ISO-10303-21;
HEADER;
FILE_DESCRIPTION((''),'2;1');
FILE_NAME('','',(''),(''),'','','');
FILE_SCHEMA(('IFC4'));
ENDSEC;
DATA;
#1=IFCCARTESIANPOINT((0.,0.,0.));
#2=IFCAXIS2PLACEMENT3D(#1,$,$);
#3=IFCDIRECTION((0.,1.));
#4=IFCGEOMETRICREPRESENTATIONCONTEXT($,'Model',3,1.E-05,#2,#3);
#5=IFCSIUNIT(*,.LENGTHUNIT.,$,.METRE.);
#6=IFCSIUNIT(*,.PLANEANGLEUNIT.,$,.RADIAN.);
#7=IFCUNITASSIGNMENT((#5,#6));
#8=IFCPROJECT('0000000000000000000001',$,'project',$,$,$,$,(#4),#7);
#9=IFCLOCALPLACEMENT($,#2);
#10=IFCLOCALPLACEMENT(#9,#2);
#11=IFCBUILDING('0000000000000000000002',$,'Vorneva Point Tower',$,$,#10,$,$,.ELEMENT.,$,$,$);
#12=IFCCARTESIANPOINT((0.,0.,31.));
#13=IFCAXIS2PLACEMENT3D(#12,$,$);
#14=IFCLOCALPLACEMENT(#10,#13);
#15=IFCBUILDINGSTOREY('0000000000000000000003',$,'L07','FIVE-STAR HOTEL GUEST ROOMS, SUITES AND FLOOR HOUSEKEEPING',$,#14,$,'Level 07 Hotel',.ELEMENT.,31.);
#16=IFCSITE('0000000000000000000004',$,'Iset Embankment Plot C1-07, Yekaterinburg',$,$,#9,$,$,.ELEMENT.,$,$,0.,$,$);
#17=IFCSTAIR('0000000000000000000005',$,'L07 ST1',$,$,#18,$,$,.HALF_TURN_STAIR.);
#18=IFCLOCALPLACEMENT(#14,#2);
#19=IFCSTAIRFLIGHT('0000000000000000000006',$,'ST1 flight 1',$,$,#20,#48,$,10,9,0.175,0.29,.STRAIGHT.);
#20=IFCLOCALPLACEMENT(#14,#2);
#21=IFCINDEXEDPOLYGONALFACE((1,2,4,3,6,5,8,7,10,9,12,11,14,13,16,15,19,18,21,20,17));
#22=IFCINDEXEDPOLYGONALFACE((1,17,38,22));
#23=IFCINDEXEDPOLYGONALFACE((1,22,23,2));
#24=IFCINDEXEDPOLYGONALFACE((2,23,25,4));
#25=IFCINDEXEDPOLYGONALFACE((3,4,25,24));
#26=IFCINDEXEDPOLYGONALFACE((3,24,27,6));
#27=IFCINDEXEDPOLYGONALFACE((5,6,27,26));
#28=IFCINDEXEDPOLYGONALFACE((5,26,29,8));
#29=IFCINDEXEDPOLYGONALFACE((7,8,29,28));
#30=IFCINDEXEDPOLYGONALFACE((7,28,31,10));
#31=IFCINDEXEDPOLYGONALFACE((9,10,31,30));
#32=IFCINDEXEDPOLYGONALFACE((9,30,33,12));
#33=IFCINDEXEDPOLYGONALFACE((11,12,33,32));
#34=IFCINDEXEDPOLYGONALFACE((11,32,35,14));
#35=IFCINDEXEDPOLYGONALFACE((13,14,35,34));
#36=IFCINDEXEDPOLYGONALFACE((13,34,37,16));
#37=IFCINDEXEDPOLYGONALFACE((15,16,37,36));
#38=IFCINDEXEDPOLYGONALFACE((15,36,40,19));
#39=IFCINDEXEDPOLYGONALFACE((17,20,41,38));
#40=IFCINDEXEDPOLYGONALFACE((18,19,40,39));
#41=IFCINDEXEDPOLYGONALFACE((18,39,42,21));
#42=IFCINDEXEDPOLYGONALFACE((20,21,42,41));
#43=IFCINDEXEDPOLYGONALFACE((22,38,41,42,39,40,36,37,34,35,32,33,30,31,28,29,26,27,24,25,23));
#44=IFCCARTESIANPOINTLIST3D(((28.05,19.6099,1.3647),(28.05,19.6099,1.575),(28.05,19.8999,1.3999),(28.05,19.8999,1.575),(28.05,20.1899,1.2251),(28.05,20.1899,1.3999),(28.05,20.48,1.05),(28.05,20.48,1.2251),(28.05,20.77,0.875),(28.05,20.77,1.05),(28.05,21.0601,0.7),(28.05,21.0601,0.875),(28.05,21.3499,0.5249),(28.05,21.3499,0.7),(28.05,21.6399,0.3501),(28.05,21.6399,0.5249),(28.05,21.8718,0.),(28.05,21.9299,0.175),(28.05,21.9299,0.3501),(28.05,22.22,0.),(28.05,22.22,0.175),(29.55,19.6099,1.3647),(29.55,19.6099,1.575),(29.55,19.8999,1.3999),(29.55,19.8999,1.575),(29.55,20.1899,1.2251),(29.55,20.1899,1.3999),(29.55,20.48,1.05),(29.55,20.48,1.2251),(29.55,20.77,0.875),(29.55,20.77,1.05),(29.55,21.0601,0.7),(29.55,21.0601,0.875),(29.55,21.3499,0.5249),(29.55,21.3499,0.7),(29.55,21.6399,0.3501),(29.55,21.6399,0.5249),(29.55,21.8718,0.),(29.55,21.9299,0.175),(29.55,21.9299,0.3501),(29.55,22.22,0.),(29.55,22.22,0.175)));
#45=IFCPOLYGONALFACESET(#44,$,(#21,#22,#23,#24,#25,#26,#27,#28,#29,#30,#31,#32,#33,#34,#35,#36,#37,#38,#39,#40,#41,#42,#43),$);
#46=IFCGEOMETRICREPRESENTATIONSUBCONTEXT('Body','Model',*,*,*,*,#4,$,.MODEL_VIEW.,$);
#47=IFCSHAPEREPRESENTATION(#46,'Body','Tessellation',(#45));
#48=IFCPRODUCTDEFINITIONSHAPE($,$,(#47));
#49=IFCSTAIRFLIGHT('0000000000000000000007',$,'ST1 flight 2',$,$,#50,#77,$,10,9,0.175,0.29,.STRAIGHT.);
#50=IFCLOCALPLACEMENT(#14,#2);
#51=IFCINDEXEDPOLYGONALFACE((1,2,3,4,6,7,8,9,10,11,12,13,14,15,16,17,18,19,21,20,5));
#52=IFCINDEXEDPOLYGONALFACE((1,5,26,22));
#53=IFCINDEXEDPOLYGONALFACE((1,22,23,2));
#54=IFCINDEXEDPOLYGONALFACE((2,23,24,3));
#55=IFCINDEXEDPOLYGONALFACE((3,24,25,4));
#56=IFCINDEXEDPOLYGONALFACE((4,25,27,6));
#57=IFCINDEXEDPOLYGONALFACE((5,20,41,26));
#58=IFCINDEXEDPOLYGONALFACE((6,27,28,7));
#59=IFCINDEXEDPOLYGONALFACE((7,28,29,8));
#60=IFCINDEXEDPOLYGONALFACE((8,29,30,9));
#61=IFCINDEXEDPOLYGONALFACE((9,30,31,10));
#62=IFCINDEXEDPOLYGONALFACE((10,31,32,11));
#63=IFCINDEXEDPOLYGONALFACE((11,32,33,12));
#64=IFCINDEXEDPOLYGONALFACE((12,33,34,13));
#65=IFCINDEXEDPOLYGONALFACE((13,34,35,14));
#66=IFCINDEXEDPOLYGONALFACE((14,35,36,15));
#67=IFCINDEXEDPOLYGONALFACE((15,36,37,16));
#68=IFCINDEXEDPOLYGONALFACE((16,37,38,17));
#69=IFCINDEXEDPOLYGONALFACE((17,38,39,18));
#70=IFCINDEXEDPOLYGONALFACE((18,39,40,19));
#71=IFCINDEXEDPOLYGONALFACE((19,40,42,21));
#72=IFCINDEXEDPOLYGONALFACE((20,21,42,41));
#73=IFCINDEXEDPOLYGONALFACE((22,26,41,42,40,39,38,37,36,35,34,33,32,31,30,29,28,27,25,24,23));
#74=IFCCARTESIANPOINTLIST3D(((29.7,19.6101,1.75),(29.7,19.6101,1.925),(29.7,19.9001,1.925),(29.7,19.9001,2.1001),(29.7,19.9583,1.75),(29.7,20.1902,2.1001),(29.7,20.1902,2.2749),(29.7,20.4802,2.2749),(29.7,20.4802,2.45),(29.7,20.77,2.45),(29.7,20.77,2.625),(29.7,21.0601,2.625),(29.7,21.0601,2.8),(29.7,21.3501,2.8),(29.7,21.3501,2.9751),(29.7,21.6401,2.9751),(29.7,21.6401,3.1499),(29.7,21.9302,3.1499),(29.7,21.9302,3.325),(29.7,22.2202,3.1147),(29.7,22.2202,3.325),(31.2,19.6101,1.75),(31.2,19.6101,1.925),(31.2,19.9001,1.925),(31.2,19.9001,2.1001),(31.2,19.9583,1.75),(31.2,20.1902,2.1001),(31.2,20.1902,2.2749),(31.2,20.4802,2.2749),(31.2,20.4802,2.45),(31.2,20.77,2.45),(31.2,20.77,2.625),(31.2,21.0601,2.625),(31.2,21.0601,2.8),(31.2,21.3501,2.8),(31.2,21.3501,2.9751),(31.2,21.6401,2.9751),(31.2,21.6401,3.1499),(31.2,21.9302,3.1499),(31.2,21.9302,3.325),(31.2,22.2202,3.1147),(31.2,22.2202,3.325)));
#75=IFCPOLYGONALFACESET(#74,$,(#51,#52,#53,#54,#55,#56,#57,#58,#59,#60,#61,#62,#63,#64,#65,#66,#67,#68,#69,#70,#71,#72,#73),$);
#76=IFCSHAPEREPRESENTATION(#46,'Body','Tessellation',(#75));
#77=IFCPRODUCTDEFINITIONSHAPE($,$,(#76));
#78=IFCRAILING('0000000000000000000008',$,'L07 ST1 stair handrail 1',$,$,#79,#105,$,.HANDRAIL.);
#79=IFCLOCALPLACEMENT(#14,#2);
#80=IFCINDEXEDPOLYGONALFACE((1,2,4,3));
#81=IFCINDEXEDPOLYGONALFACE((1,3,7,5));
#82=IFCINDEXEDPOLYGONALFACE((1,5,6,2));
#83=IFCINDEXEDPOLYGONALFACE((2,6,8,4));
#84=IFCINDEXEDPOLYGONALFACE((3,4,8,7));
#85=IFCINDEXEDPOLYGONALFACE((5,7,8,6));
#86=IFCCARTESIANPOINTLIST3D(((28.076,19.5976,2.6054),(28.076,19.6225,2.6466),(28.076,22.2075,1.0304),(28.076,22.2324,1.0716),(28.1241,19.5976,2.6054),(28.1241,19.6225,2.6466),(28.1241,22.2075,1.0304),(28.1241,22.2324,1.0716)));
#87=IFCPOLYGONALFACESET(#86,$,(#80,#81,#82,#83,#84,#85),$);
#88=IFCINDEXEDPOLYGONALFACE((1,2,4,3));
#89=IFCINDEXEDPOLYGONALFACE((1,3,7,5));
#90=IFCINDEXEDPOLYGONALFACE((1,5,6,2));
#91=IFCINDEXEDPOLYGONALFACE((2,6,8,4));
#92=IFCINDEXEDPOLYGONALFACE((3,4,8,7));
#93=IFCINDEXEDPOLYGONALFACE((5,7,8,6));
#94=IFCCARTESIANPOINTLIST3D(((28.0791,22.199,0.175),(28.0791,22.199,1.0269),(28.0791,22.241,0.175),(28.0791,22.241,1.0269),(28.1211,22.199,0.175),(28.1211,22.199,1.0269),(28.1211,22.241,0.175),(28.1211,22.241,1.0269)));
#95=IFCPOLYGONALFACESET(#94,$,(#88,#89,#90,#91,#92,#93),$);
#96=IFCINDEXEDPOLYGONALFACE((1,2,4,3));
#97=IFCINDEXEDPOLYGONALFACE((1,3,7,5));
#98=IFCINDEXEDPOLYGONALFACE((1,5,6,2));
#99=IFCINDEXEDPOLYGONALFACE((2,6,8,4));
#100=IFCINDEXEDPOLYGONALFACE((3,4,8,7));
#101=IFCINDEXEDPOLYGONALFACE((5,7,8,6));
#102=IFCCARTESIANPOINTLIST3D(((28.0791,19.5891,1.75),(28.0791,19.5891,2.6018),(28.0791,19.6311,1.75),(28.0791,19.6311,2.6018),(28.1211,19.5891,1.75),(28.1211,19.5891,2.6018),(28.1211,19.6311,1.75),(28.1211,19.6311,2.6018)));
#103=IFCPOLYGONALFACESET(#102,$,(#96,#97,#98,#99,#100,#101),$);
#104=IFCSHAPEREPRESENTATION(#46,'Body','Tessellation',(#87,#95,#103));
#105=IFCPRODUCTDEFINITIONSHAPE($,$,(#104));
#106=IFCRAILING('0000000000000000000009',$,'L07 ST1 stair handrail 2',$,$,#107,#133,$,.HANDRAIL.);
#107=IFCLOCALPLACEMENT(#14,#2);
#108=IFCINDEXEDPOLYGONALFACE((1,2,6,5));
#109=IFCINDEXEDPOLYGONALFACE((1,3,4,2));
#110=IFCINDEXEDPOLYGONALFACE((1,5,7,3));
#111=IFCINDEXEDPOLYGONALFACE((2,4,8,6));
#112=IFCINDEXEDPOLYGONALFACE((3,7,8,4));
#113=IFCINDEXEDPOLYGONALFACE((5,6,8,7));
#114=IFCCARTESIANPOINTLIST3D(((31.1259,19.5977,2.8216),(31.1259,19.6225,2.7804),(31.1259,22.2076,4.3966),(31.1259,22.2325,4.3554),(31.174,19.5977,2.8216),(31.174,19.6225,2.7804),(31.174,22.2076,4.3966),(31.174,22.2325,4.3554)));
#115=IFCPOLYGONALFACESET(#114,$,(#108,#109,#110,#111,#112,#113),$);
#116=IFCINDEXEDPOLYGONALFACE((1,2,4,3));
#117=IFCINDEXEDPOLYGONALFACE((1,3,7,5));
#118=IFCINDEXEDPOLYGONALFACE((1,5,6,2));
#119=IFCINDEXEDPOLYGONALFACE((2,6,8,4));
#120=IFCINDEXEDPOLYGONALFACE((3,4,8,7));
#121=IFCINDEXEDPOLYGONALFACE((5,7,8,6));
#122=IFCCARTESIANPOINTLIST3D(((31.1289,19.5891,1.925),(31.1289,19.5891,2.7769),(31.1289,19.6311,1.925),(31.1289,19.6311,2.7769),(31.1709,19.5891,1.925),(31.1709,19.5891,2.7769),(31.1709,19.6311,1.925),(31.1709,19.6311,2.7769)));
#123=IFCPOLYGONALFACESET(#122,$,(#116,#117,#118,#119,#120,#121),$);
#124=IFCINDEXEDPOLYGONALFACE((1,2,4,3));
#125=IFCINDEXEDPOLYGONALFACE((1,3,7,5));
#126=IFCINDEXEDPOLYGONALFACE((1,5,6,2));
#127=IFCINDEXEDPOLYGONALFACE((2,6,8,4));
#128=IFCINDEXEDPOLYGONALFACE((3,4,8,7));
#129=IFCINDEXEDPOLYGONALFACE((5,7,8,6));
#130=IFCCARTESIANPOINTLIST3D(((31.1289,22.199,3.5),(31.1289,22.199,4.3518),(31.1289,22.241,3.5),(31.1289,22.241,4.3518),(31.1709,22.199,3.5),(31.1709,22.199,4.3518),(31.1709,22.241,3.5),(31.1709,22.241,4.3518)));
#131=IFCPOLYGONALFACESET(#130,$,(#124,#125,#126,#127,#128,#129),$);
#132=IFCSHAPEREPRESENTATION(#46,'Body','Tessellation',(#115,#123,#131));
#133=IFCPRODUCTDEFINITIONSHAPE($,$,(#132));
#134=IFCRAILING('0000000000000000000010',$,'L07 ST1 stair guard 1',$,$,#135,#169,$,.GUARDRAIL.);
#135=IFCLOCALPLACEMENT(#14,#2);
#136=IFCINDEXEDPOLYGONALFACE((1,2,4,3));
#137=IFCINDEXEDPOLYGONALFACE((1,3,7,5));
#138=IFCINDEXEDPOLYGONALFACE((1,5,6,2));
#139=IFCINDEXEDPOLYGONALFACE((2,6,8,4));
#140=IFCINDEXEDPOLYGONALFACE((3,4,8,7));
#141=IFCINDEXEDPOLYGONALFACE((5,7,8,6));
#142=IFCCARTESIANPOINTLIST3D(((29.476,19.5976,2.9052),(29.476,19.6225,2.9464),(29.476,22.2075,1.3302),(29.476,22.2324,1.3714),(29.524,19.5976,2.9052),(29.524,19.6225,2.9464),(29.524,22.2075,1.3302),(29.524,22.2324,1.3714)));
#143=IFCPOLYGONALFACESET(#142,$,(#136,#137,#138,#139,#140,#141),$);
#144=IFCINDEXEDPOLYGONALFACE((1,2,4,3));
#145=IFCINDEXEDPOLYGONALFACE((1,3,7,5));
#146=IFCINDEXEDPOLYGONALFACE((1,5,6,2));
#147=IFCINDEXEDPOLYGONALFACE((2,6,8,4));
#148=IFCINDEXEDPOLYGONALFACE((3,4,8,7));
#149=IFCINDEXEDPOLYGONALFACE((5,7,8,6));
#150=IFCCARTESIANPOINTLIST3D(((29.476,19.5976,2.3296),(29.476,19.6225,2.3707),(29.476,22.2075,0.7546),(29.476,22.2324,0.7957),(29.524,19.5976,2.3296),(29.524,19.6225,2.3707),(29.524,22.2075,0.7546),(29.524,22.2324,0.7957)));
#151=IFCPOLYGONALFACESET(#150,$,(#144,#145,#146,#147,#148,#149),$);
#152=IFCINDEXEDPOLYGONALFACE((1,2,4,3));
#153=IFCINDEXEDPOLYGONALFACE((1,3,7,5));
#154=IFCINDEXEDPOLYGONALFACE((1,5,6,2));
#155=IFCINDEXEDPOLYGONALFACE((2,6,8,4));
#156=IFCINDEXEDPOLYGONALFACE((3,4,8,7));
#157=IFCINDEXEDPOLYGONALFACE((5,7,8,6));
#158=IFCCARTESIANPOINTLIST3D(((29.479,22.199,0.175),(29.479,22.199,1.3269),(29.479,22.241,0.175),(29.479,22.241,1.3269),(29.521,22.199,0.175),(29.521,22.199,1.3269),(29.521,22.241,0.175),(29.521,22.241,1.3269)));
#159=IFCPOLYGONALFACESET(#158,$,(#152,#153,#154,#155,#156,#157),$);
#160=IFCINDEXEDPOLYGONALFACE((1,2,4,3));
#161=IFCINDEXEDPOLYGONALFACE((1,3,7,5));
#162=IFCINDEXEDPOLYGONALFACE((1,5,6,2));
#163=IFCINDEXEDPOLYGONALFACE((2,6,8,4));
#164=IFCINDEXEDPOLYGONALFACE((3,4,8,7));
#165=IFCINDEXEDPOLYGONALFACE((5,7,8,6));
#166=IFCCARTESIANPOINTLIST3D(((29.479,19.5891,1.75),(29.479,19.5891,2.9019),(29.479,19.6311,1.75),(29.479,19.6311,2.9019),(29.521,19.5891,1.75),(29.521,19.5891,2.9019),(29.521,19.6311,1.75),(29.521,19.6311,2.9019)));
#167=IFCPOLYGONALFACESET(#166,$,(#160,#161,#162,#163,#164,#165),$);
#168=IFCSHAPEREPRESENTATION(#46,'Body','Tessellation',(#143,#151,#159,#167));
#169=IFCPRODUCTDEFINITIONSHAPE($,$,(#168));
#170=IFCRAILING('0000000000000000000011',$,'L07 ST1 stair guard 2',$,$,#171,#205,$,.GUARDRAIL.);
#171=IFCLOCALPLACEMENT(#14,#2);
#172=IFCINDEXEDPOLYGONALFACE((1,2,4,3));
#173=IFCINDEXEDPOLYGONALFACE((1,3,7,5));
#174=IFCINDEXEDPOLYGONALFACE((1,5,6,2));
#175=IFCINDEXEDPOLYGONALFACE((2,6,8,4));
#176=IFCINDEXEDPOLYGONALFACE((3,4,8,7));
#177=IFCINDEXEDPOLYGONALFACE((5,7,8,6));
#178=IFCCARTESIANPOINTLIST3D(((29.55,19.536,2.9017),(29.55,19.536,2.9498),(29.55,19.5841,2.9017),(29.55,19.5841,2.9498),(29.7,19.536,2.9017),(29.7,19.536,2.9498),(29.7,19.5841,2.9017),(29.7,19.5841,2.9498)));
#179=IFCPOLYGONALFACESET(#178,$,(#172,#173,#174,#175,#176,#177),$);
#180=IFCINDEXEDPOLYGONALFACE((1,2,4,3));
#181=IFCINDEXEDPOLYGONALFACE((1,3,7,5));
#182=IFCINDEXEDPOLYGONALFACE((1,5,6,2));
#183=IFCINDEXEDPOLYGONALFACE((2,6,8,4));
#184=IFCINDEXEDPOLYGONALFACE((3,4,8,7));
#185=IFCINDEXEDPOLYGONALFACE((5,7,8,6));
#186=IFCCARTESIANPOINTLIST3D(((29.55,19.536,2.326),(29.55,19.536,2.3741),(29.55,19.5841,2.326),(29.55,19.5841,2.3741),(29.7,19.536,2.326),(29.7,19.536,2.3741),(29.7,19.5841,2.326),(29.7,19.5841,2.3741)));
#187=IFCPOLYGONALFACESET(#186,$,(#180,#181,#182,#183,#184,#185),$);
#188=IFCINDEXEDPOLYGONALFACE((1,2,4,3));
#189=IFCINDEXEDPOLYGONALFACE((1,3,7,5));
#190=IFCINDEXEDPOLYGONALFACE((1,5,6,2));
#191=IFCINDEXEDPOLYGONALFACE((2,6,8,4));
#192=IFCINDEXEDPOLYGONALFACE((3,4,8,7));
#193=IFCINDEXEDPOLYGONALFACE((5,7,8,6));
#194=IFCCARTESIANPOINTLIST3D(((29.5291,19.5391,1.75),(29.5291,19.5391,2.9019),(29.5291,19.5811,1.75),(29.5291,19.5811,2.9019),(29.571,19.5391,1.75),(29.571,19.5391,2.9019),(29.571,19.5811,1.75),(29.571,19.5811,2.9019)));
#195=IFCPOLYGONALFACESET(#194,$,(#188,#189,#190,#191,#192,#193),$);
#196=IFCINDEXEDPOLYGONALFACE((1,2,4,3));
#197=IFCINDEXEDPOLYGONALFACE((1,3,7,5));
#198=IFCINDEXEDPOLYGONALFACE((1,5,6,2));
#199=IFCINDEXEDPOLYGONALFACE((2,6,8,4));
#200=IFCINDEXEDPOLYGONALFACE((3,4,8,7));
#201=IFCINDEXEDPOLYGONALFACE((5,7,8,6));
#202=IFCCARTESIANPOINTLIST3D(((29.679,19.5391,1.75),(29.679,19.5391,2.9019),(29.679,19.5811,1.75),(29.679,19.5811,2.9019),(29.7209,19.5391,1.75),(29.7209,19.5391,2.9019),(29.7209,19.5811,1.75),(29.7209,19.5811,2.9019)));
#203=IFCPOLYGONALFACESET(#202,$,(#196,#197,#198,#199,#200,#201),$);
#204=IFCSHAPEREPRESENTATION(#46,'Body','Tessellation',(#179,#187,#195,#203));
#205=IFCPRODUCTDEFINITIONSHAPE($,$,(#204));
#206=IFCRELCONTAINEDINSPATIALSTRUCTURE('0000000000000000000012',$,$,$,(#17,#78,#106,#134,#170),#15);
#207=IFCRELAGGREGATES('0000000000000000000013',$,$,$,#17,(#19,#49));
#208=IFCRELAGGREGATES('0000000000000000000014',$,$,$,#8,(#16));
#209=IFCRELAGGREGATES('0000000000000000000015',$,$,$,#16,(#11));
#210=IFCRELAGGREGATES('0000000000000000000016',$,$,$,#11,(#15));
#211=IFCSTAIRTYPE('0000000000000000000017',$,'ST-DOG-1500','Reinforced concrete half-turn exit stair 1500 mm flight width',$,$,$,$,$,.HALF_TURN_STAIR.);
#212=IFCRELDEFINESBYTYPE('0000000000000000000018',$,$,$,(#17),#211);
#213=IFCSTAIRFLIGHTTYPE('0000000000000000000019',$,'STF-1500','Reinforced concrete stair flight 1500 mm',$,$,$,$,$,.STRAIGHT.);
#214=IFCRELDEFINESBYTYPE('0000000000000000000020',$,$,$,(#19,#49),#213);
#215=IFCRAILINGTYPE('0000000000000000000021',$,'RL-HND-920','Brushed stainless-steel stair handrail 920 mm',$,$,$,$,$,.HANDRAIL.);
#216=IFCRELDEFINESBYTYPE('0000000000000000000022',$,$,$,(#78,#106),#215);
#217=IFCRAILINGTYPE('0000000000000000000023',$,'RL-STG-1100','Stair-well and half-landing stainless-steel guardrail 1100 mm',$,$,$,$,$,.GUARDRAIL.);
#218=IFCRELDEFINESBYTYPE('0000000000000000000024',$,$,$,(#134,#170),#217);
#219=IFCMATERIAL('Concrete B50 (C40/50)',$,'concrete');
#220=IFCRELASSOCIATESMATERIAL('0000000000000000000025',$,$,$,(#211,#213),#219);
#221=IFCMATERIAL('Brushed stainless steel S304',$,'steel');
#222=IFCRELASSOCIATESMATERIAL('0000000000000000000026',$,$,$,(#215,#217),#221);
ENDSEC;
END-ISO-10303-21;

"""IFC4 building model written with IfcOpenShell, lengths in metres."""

from ifc_helpers import new_model, si_unit, direction, frame, origin, origin_2d, place, context, subcontext, project, spatial, polyline, rectangle, outline, extrude, material, type_object, element, aggregate, save


model = new_model("IFC4")

# Units and contexts
model_context = context("Model", 3, precision=1e-05, world=origin(), true_north=direction((0.0, 1.0)))
body_context = subcontext(model_context, "Body", "Model", "MODEL_VIEW")
ifc_project = project(units=[si_unit("LENGTHUNIT", "METRE"), si_unit("PLANEANGLEUNIT", "RADIAN")], contexts=[model_context])

# Site, building, storey
site_placement = place(None, origin())
site = spatial("IfcSite", under=ifc_project, at=site_placement, Name="Iset Embankment Plot C1-07, Yekaterinburg", CompositionType="ELEMENT", RefElevation=0.0)
building_placement = place(site_placement, origin())
building = spatial("IfcBuilding", under=site, at=building_placement, Name="Vorneva Point Tower", CompositionType="ELEMENT")
storey_placement = place(building_placement, frame((0.0, 0.0, 31.0)))
storey = spatial("IfcBuildingStorey", under=building, at=storey_placement, Name="L07", Description="FIVE-STAR HOTEL GUEST ROOMS, SUITES AND FLOOR HOUSEKEEPING", LongName="Level 07 Hotel", CompositionType="ELEMENT", Elevation=31.0)

# Shared definitions
ifc_material_1 = material(Name="Concrete B50 (C40/50)", Category="concrete")

# Stair, stair flights
stair_type = type_object("IfcStairType", Name="ST-DOG-1500", Description="Reinforced concrete half-turn exit stair 1500 mm flight width", PredefinedType="HALF_TURN_STAIR", material=ifc_material_1)
stair_placement = place(storey_placement, origin())
stair = element("IfcStair", 1, at=stair_placement, inside=storey, type_object=stair_type, Name="L07 ST1", PredefinedType="HALF_TURN_STAIR")
stair_flight_type = type_object("IfcStairFlightType", Name="STF-1500", Description="Reinforced concrete stair flight 1500 mm", PredefinedType="STRAIGHT", material=ifc_material_1)
stair_flight_1_placement = place(storey_placement, frame((28.8, 22.22, 0.0), z_axis=(0.0, 0.0, 1.0), x_axis=(0.0, -1.0, 0.0)))
stair_flight_1 = element("IfcStairFlight", 2, at=stair_flight_1_placement, type_object=stair_flight_type, Name="ST1 flight 1", NumberOfRisers=10, NumberOfTreads=9, PredefinedType="STRAIGHT", RiserHeight=0.175, TreadLength=0.29, context=body_context, shape_type="SweptSolid", body=[
    extrude(outline(polyline([(0.0, 0.0), (0.0, 0.175), (0.29, 0.175), (0.29, 0.3501), (0.5801, 0.3501), (0.5801, 0.5249), (0.8701, 0.5249), (0.8701, 0.7), (1.1599, 0.7), (1.1599, 0.875), (1.45, 0.875), (1.45, 1.05), (1.74, 1.05), (1.74, 1.2251), (2.03, 1.2251), (2.03, 1.3999), (2.3201, 1.3999), (2.3201, 1.575), (2.6101, 1.575), (2.6101, 1.75), (2.6101, 1.3647), (0.3481, 0.0), (0.0, 0.0)])), frame((0.0, 0.75, 0.0), z_axis=(0.0, -1.0, 0.0), x_axis=(1.0, 0.0, 0.0)), (0.0, 0.0, 1.0), 1.5),
])
stair_flight_2_placement = place(storey_placement, frame((30.45, 19.6101, 1.75), z_axis=(0.0, 0.0, 1.0), x_axis=(0.0, 1.0, 0.0)))
stair_flight_2 = element("IfcStairFlight", 3, at=stair_flight_2_placement, type_object=stair_flight_type, Name="ST1 flight 2", NumberOfRisers=10, NumberOfTreads=9, PredefinedType="STRAIGHT", RiserHeight=0.175, TreadLength=0.29, context=body_context, shape_type="SweptSolid", body=[
    extrude(outline(polyline([(0.0, 0.0), (0.0, 0.175), (0.29, 0.175), (0.29, 0.3501), (0.5801, 0.3501), (0.5801, 0.5249), (0.8701, 0.5249), (0.8701, 0.7), (1.1599, 0.7), (1.1599, 0.875), (1.45, 0.875), (1.45, 1.05), (1.74, 1.05), (1.74, 1.2251), (2.03, 1.2251), (2.03, 1.3999), (2.3201, 1.3999), (2.3201, 1.575), (2.6101, 1.575), (2.6101, 1.75), (2.6101, 1.3647), (0.3481, 0.0), (0.0, 0.0)])), frame((0.0, 0.75, 0.0), z_axis=(0.0, -1.0, 0.0), x_axis=(1.0, 0.0, 0.0)), (0.0, 0.0, 1.0), 1.5),
])
aggregate(stair, [stair_flight_1, stair_flight_2])

# Railings
ifc_material_2 = material(Name="Brushed stainless steel S304", Category="steel")
railing_type_1 = type_object("IfcRailingType", Name="RL-HND-920", Description="Brushed stainless-steel stair handrail 920 mm", PredefinedType="HANDRAIL", material=ifc_material_2)
railing_1_placement = place(storey_placement, frame((28.1001, 22.22, 0.175)))
element("IfcRailing", 4, at=railing_1_placement, inside=storey, type_object=railing_type_1, Name="L07 ST1 stair handrail 1", PredefinedType="HANDRAIL", context=body_context, shape_type="SweptSolid", body=[
    extrude(rectangle(XDim=0.0481, YDim=0.0481, at=origin_2d()), frame((0.0, 0.0, 0.876), z_axis=(0.0, -0.856183, 0.516673), x_axis=(1.0, 0.0, 0.0)), (0.0, 0.0, 1.0), 3.0483),
    extrude(rectangle(XDim=0.042, YDim=0.042, at=origin_2d()), origin(), (0.0, 0.0, 1.0), 0.8518),
    extrude(rectangle(XDim=0.042, YDim=0.042, at=origin_2d()), frame((0.0, -2.6099, 1.575)), (0.0, 0.0, 1.0), 0.8518),
])
railing_2_placement = place(storey_placement, frame((31.1499, 19.6101, 1.925)))
element("IfcRailing", 5, at=railing_2_placement, inside=storey, type_object=railing_type_1, Name="L07 ST1 stair handrail 2", PredefinedType="HANDRAIL", context=body_context, shape_type="SweptSolid", body=[
    extrude(rectangle(XDim=0.0481, YDim=0.0481, at=origin_2d()), frame((0.0, 0.0, 0.876), z_axis=(0.0, 0.856183, 0.516673), x_axis=(-1.0, 0.0, 0.0)), (0.0, 0.0, 1.0), 3.0483),
    extrude(rectangle(XDim=0.042, YDim=0.042, at=origin_2d()), origin(), (0.0, 0.0, 1.0), 0.8518),
    extrude(rectangle(XDim=0.042, YDim=0.042, at=origin_2d()), frame((0.0, 2.6099, 1.575)), (0.0, 0.0, 1.0), 0.8518),
])
railing_type_2 = type_object("IfcRailingType", Name="RL-STG-1100", Description="Stair-well and half-landing stainless-steel guardrail 1100 mm", PredefinedType="GUARDRAIL", material=ifc_material_2)
railing_3_placement = place(storey_placement, frame((29.5, 22.22, 0.175)))
element("IfcRailing", 6, at=railing_3_placement, inside=storey, type_object=railing_type_2, Name="L07 ST1 stair guard 1", PredefinedType="GUARDRAIL", context=body_context, shape_type="SweptSolid", body=[
    extrude(rectangle(XDim=0.0481, YDim=0.0481, at=origin_2d()), frame((0.0, 0.0, 1.1758), z_axis=(0.0, -0.856183, 0.516673), x_axis=(1.0, 0.0, 0.0)), (0.0, 0.0, 1.0), 3.0483),
    extrude(rectangle(XDim=0.0481, YDim=0.0481, at=origin_2d()), frame((0.0, 0.0, 0.6001), z_axis=(0.0, -0.856183, 0.516673), x_axis=(1.0, 0.0, 0.0)), (0.0, 0.0, 1.0), 3.0483),
    extrude(rectangle(XDim=0.042, YDim=0.042, at=origin_2d()), origin(), (0.0, 0.0, 1.0), 1.1519),
    extrude(rectangle(XDim=0.042, YDim=0.042, at=origin_2d()), frame((0.0, -2.6099, 1.575)), (0.0, 0.0, 1.0), 1.1519),
])
railing_4_placement = place(storey_placement, frame((29.55, 19.5601, 1.75)))
element("IfcRailing", 7, at=railing_4_placement, inside=storey, type_object=railing_type_2, Name="L07 ST1 stair guard 2", PredefinedType="GUARDRAIL", context=body_context, shape_type="SweptSolid", body=[
    extrude(rectangle(XDim=0.0481, YDim=0.0481, at=origin_2d()), frame((0.0, 0.0, 1.1758), z_axis=(1.0, 0.0, 0.0), x_axis=(0.0, 1.0, 0.0)), (0.0, 0.0, 1.0), 0.1499),
    extrude(rectangle(XDim=0.0481, YDim=0.0481, at=origin_2d()), frame((0.0, 0.0, 0.6001), z_axis=(1.0, 0.0, 0.0), x_axis=(0.0, 1.0, 0.0)), (0.0, 0.0, 1.0), 0.1499),
    extrude(rectangle(XDim=0.042, YDim=0.042, at=origin_2d()), origin(), (0.0, 0.0, 1.0), 1.1519),
    extrude(rectangle(XDim=0.042, YDim=0.042, at=origin_2d()), frame((0.1499, 0.0, 0.0)), (0.0, 0.0, 1.0), 1.1519),
])

save(model, "model.ifc")
